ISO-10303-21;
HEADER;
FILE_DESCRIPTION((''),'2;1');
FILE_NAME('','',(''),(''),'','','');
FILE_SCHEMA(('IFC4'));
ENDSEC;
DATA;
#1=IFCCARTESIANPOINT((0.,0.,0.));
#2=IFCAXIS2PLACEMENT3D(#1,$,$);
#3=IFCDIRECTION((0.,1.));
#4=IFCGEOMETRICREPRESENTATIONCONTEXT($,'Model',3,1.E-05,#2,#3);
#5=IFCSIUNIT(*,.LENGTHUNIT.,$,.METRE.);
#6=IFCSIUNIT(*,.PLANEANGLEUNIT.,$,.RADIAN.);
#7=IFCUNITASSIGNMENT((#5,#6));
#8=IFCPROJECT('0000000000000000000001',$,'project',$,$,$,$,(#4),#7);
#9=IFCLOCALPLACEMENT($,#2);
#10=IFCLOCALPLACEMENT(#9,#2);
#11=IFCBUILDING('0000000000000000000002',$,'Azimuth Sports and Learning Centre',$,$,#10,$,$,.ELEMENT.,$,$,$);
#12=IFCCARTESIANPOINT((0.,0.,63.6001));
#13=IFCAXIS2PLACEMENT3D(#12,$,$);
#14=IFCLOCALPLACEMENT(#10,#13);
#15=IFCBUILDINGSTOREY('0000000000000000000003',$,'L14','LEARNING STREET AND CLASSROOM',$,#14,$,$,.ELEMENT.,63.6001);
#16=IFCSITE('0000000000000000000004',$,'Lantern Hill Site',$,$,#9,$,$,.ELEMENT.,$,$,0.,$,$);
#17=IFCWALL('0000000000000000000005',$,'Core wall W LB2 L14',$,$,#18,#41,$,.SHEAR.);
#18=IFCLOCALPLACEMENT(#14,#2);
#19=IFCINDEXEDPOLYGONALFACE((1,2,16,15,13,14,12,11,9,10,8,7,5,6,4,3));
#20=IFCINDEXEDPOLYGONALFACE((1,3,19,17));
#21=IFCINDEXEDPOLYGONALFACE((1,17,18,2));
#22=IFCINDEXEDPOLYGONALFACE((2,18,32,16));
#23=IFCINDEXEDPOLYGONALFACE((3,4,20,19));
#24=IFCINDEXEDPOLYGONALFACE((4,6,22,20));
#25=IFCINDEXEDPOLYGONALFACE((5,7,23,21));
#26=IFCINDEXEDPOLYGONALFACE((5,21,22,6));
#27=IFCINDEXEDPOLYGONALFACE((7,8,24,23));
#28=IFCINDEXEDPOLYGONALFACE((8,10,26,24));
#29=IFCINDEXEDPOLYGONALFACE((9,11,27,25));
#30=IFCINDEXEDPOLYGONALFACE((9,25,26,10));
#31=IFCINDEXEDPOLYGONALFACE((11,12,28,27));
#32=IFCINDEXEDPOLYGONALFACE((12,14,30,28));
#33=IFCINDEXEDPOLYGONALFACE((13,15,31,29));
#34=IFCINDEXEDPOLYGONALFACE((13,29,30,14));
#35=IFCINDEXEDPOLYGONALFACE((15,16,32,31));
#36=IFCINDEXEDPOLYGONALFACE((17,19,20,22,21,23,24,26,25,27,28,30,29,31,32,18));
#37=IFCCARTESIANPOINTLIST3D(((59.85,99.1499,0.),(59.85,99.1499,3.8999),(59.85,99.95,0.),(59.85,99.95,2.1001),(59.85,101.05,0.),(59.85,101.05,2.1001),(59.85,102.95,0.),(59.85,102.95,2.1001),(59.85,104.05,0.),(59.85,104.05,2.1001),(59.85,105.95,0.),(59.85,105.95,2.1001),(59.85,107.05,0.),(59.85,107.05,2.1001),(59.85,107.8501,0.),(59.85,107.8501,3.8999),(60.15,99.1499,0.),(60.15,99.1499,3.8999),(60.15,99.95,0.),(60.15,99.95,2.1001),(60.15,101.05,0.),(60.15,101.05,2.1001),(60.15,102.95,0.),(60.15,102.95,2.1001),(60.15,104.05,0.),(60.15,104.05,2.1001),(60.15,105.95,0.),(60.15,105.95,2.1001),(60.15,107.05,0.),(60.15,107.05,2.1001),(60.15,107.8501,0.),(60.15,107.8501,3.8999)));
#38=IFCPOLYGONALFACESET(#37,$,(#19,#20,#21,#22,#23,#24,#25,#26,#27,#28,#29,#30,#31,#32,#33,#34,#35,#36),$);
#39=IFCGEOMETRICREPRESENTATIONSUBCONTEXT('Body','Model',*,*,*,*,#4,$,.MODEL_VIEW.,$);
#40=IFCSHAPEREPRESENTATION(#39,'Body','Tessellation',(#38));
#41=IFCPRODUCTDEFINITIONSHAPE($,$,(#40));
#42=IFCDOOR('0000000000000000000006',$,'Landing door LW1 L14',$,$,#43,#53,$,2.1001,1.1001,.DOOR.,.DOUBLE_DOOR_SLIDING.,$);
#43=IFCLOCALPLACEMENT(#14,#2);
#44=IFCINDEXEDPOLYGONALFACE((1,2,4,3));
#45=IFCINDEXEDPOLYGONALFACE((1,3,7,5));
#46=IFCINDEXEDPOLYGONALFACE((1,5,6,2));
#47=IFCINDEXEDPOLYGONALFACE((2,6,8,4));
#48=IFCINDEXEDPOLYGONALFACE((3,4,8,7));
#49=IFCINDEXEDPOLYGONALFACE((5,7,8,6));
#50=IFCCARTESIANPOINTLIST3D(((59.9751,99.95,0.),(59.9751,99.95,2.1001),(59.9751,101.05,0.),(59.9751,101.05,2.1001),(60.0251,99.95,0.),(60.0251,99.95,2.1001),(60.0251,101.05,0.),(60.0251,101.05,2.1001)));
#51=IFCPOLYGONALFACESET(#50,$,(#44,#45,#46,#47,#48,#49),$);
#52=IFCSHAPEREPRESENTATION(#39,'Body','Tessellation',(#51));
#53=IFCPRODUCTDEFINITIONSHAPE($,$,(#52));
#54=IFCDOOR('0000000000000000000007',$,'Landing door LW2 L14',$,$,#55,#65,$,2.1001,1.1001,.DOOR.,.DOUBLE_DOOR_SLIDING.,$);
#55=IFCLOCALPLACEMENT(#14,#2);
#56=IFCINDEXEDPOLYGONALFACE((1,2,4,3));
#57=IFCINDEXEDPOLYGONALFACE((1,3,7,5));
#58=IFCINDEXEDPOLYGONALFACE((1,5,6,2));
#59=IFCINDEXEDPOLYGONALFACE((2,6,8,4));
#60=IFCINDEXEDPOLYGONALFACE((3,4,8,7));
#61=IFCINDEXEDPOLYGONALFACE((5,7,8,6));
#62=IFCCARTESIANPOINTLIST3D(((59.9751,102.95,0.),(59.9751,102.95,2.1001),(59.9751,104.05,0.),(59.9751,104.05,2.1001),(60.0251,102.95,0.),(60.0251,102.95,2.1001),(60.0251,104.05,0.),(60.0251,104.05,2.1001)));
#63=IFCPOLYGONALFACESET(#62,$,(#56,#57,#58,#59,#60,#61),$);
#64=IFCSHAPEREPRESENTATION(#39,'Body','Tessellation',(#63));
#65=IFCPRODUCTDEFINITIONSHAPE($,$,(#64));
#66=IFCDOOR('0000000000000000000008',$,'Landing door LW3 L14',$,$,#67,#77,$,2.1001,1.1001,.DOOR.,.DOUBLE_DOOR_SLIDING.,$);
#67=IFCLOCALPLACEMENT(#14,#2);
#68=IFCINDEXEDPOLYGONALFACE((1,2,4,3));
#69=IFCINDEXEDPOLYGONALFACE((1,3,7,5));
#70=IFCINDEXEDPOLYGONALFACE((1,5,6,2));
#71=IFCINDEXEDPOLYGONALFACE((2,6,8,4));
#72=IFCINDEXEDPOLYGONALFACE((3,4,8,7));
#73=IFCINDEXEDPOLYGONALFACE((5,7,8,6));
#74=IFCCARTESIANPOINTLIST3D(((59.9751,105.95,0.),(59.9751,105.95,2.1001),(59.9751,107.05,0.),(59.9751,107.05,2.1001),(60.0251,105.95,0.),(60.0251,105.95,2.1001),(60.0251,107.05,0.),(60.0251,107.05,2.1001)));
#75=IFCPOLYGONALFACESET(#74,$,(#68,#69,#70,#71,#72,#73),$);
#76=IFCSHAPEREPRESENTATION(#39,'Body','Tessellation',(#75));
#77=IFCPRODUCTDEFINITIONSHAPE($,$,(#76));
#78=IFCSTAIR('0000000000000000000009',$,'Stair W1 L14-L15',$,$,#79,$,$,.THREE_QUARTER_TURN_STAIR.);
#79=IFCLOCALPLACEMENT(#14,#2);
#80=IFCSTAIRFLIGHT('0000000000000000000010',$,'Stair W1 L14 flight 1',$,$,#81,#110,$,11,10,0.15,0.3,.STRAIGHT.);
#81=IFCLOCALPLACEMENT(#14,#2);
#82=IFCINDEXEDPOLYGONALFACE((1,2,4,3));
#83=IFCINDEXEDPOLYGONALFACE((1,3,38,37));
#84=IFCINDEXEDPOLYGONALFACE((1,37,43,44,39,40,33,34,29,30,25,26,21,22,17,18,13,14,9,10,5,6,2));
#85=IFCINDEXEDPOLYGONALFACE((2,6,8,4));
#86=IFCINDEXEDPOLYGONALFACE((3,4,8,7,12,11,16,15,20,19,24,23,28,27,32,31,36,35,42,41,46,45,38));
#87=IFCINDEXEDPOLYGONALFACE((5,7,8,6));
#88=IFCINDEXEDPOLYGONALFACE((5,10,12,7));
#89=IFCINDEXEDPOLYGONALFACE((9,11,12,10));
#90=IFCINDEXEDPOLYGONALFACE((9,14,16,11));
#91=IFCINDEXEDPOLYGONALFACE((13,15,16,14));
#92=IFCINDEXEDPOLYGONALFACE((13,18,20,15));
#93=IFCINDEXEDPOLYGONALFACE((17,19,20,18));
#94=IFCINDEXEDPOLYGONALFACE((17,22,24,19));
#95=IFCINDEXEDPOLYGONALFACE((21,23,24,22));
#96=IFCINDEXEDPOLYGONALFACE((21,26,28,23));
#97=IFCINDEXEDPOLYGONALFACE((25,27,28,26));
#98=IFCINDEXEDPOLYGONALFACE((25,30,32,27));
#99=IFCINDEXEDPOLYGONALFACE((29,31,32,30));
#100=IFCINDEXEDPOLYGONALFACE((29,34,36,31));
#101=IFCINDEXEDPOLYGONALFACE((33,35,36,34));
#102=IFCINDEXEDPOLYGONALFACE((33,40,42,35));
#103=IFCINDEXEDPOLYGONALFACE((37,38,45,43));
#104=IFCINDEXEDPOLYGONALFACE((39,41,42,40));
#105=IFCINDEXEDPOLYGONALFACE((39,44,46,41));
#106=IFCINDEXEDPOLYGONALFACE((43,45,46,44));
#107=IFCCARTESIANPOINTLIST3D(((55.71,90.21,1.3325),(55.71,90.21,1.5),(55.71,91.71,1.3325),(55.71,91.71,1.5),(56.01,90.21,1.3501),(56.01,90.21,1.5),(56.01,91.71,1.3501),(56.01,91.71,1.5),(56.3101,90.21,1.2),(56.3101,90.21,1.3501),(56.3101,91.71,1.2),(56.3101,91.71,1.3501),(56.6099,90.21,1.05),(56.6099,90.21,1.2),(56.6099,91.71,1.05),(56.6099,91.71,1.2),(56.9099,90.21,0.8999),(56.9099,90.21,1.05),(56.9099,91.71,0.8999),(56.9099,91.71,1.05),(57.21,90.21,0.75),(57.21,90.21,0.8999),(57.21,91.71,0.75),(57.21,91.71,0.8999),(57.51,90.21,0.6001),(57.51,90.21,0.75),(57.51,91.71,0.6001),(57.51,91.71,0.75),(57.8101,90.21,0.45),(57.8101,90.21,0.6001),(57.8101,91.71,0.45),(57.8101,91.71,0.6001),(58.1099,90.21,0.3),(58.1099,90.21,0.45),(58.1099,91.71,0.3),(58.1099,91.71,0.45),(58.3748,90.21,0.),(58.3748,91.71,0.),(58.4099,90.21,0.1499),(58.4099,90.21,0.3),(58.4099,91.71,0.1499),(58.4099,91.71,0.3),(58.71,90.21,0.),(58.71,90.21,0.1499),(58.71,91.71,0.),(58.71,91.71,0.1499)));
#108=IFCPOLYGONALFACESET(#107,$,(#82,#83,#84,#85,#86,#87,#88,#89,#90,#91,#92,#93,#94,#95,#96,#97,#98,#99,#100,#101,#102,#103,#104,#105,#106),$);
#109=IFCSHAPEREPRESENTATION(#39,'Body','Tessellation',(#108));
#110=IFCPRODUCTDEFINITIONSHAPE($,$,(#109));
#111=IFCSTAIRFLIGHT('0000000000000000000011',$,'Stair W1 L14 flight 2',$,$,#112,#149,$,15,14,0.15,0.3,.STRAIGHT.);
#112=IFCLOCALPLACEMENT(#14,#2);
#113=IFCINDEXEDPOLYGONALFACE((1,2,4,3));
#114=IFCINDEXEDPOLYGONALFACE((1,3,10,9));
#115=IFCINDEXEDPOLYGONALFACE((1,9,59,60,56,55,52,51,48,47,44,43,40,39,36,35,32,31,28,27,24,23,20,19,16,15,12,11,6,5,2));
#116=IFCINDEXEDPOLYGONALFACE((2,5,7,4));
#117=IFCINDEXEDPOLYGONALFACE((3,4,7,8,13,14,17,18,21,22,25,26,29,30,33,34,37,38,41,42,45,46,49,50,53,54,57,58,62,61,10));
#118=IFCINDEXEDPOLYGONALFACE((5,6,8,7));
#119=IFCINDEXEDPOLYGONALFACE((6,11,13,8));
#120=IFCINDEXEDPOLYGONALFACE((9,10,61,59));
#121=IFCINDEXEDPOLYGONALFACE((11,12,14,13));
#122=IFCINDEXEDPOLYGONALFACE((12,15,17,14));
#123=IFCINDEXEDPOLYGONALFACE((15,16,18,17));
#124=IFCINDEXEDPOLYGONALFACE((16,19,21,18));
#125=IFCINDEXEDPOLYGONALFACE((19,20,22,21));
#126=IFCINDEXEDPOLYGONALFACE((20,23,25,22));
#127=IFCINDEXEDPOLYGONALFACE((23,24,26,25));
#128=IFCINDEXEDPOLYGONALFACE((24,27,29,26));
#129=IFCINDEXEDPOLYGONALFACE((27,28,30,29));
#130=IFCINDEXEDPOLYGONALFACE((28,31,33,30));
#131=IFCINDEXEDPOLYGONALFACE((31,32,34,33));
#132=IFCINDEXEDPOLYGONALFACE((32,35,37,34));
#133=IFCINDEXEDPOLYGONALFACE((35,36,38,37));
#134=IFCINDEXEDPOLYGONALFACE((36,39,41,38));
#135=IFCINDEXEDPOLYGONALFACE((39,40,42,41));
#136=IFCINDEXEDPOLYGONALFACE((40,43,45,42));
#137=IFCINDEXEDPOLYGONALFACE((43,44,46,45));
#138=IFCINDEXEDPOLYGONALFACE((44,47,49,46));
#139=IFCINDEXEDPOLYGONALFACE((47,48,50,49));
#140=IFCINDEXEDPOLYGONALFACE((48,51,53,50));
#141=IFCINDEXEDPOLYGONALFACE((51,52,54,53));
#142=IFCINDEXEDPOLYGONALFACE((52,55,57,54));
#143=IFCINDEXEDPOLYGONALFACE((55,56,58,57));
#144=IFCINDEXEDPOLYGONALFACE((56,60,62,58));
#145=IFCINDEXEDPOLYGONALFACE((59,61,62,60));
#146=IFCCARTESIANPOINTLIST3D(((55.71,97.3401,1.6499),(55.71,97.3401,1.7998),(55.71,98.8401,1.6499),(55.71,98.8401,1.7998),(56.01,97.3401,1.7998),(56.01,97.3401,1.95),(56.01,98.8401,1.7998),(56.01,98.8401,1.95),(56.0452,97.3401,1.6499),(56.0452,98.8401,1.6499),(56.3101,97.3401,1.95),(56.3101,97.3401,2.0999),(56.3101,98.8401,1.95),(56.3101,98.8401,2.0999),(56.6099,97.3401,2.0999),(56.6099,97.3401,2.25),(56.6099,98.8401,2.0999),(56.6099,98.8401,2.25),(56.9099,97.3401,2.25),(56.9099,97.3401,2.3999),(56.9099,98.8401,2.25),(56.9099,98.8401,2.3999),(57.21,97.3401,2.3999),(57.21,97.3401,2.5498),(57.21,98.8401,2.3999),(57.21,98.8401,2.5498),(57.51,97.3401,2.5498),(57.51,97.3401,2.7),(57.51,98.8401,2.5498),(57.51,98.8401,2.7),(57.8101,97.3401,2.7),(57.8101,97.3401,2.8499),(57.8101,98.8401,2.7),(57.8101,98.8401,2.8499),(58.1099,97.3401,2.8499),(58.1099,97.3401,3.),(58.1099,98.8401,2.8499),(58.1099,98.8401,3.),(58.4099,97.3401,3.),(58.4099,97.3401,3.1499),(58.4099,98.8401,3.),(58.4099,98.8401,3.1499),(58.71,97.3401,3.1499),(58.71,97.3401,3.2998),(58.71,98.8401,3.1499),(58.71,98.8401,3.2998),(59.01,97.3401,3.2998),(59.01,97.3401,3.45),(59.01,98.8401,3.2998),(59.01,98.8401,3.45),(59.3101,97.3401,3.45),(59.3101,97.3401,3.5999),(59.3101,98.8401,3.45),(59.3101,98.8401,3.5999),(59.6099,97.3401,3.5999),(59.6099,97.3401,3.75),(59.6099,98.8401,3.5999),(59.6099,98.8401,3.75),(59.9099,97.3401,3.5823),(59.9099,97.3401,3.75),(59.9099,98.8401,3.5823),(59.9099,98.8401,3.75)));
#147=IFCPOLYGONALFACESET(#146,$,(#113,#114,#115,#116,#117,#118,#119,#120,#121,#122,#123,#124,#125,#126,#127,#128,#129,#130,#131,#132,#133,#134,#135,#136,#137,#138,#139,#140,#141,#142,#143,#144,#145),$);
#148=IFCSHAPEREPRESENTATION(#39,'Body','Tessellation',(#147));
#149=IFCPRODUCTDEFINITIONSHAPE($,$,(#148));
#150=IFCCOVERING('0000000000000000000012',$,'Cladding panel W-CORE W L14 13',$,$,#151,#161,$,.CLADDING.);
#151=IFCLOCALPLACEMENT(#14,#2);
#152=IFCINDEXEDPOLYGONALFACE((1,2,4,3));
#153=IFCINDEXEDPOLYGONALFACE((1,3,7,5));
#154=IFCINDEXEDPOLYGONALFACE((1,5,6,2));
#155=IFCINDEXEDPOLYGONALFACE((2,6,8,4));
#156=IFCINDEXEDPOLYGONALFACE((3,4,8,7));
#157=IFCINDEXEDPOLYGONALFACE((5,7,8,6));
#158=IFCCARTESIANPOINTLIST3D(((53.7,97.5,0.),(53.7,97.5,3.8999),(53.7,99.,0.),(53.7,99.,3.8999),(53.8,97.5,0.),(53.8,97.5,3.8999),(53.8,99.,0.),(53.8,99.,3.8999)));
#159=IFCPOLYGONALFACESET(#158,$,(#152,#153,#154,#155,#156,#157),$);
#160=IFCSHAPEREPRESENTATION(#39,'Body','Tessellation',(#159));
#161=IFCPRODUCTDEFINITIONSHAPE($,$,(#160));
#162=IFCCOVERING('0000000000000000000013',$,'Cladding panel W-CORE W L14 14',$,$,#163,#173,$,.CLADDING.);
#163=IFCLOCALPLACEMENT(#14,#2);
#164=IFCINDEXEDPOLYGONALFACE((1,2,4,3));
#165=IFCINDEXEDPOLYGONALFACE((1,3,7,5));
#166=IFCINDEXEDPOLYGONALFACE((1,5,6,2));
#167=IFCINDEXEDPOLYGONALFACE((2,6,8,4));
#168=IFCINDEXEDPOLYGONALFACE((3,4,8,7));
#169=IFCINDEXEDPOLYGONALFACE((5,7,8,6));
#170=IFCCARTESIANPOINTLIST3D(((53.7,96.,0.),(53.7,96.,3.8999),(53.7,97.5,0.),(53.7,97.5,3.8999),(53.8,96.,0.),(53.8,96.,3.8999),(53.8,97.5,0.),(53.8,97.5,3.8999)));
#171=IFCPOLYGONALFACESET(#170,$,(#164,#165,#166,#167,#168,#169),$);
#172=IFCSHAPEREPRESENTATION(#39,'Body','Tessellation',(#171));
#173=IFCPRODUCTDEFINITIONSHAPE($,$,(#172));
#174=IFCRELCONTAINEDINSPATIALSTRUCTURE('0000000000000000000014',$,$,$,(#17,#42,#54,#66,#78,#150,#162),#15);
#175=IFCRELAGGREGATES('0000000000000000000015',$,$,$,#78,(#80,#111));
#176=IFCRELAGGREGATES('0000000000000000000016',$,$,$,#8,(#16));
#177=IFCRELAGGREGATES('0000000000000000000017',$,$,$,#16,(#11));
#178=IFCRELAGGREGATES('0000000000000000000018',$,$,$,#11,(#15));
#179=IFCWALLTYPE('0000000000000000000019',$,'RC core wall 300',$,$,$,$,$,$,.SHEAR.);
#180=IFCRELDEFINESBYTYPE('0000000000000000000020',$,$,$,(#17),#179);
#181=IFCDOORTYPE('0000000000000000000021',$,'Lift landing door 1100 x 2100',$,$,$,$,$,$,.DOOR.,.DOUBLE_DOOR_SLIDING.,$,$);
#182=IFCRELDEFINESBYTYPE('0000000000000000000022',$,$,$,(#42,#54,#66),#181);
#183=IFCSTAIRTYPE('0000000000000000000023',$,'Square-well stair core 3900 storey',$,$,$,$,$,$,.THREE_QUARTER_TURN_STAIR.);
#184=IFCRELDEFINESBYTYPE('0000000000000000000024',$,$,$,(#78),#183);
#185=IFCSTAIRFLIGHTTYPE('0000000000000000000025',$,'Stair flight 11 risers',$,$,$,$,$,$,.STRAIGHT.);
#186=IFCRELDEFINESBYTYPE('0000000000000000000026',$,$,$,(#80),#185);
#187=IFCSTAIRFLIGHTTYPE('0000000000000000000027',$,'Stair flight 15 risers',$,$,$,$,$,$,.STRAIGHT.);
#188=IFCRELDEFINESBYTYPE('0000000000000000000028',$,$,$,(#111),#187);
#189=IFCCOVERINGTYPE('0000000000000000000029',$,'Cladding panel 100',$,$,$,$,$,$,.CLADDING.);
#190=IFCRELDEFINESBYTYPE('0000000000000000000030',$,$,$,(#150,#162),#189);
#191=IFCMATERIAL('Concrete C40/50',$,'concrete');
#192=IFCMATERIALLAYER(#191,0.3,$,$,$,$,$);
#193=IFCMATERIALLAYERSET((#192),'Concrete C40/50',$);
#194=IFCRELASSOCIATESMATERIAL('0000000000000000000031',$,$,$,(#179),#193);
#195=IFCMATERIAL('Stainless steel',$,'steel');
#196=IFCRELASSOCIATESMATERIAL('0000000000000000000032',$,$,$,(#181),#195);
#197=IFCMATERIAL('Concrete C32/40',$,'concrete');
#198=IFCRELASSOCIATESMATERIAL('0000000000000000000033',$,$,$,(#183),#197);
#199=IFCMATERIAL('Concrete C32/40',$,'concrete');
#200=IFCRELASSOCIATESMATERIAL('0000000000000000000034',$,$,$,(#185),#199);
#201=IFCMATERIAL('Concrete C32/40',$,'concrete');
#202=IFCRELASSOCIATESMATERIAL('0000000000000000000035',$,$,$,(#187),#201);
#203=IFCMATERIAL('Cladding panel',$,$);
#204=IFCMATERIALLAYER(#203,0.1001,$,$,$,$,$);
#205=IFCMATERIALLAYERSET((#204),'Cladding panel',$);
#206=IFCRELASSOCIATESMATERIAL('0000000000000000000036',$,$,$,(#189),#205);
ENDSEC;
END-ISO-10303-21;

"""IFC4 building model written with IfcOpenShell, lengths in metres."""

from ifc_helpers import new_model, si_unit, direction, frame, frame_2d, origin, origin_2d, place, context, subcontext, project, spatial, polyline, rectangle, outline, extrude, material, layer, layer_set, type_object, element, fill, aggregate, save


model = new_model("IFC4")

# Units and contexts
model_context = context("Model", 3, precision=1e-05, world=origin(), true_north=direction((0.0, 1.0)))
body_context = subcontext(model_context, "Body", "Model", "MODEL_VIEW")
ifc_project = project(units=[si_unit("LENGTHUNIT", "METRE"), si_unit("PLANEANGLEUNIT", "RADIAN")], contexts=[model_context])

# Site, building, storey
site_placement = place(None, origin())
site = spatial("IfcSite", under=ifc_project, at=site_placement, Name="Lantern Hill Site", CompositionType="ELEMENT", RefElevation=0.0)
building_placement = place(site_placement, origin())
building = spatial("IfcBuilding", under=site, at=building_placement, Name="Azimuth Sports and Learning Centre", CompositionType="ELEMENT")
storey_placement = place(building_placement, frame((0.0, 0.0, 63.6001)))
storey = spatial("IfcBuildingStorey", under=building, at=storey_placement, Name="L14", Description="LEARNING STREET AND CLASSROOM", CompositionType="ELEMENT", Elevation=63.6001)

# Shared definitions
ifc_material_1 = material(Name="Concrete C40/50", Category="concrete")
ifc_layer_1 = layer(ifc_material_1, 0.3)
ifc_layer_set_1 = layer_set([ifc_layer_1], Name="Concrete C40/50")
wall_type = type_object("IfcWallType", Name="RC core wall 300", PredefinedType="SHEAR", material=ifc_layer_set_1)

# Wall, openings, doors
wall_1_placement = place(storey_placement, frame((60.0, 99.1499, 0.0), z_axis=(0.0, 0.0, 1.0), x_axis=(0.0, 1.0, 0.0)))
wall_1 = element("IfcWall", 1, at=wall_1_placement, inside=storey, type_object=wall_type, Name="Core wall W LB2 L14", PredefinedType="SHEAR", context=body_context, shape_type="SweptSolid", body=[
    extrude(rectangle(XDim=8.7002, YDim=0.3, at=frame_2d((4.3501, 0.0))), origin(), (0.0, 0.0, 1.0), 3.8999),
])
opening_1_placement = place(wall_1_placement, frame((0.8, 0.0, 0.0)))
opening_1 = element("IfcOpeningElement", 2, at=opening_1_placement, cuts=wall_1, PredefinedType="OPENING", context=body_context, shape_type="SweptSolid", body=[
    extrude(rectangle(XDim=1.1001, YDim=2.1001, at=frame_2d((0.55, 1.05))), frame((0.0, 0.1611, 0.0), z_axis=(0.0, -1.0, 0.0), x_axis=(1.0, 0.0, 0.0)), (0.0, 0.0, 1.0), 0.322),
])
opening_2_placement = place(wall_1_placement, frame((3.8, 0.0, 0.0)))
opening_2 = element("IfcOpeningElement", 3, at=opening_2_placement, cuts=wall_1, PredefinedType="OPENING", context=body_context, shape_type="SweptSolid", body=[
    extrude(rectangle(XDim=1.1001, YDim=2.1001, at=frame_2d((0.55, 1.05))), frame((0.0, 0.1611, 0.0), z_axis=(0.0, -1.0, 0.0), x_axis=(1.0, 0.0, 0.0)), (0.0, 0.0, 1.0), 0.322),
])
opening_3_placement = place(wall_1_placement, frame((6.8, 0.0, 0.0)))
opening_3 = element("IfcOpeningElement", 4, at=opening_3_placement, cuts=wall_1, PredefinedType="OPENING", context=body_context, shape_type="SweptSolid", body=[
    extrude(rectangle(XDim=1.1001, YDim=2.1001, at=frame_2d((0.55, 1.05))), frame((0.0, 0.1611, 0.0), z_axis=(0.0, -1.0, 0.0), x_axis=(1.0, 0.0, 0.0)), (0.0, 0.0, 1.0), 0.322),
])
ifc_material_2 = material(Name="Stainless steel", Category="steel")
door_type = type_object("IfcDoorType", Name="Lift landing door 1100 x 2100", OperationType="DOUBLE_DOOR_SLIDING", PredefinedType="DOOR", material=ifc_material_2)
door_1_placement = place(opening_1_placement, origin())
door_1 = element("IfcDoor", 5, at=door_1_placement, inside=storey, type_object=door_type, Name="Landing door LW1 L14", OperationType="DOUBLE_DOOR_SLIDING", OverallHeight=2.1001, OverallWidth=1.1001, PredefinedType="DOOR", context=body_context, shape_type="SweptSolid", body=[
    extrude(rectangle(XDim=1.1001, YDim=2.1001, at=frame_2d((0.55, 1.05))), frame((0.0, 0.0249, 0.0), z_axis=(0.0, -1.0, 0.0), x_axis=(1.0, 0.0, 0.0)), (0.0, 0.0, 1.0), 0.05),
])
fill(opening_1, door_1)
door_2_placement = place(opening_2_placement, origin())
door_2 = element("IfcDoor", 6, at=door_2_placement, inside=storey, type_object=door_type, Name="Landing door LW2 L14", OperationType="DOUBLE_DOOR_SLIDING", OverallHeight=2.1001, OverallWidth=1.1001, PredefinedType="DOOR", context=body_context, shape_type="SweptSolid", body=[
    extrude(rectangle(XDim=1.1001, YDim=2.1001, at=frame_2d((0.55, 1.05))), frame((0.0, 0.0249, 0.0), z_axis=(0.0, -1.0, 0.0), x_axis=(1.0, 0.0, 0.0)), (0.0, 0.0, 1.0), 0.05),
])
fill(opening_2, door_2)
door_3_placement = place(opening_3_placement, origin())
door_3 = element("IfcDoor", 7, at=door_3_placement, inside=storey, type_object=door_type, Name="Landing door LW3 L14", OperationType="DOUBLE_DOOR_SLIDING", OverallHeight=2.1001, OverallWidth=1.1001, PredefinedType="DOOR", context=body_context, shape_type="SweptSolid", body=[
    extrude(rectangle(XDim=1.1001, YDim=2.1001, at=frame_2d((0.55, 1.05))), frame((0.0, 0.0249, 0.0), z_axis=(0.0, -1.0, 0.0), x_axis=(1.0, 0.0, 0.0)), (0.0, 0.0, 1.0), 0.05),
])
fill(opening_3, door_3)

# Stair, stair flights
ifc_material_3 = material(Name="Concrete C32/40", Category="concrete")
stair_type = type_object("IfcStairType", Name="Square-well stair core 3900 storey", PredefinedType="THREE_QUARTER_TURN_STAIR", material=ifc_material_3)
stair_placement = place(storey_placement, origin())
stair = element("IfcStair", 8, at=stair_placement, inside=storey, type_object=stair_type, Name="Stair W1 L14-L15", PredefinedType="THREE_QUARTER_TURN_STAIR")
ifc_material_4 = material(Name="Concrete C32/40", Category="concrete")
stair_flight_type_1 = type_object("IfcStairFlightType", Name="Stair flight 11 risers", PredefinedType="STRAIGHT", material=ifc_material_4)
stair_flight_1_placement = place(storey_placement, frame((58.71, 90.96, 0.0), z_axis=(0.0, 0.0, 1.0), x_axis=(-1.0, 0.0, 0.0)))
stair_flight_1 = element("IfcStairFlight", 9, at=stair_flight_1_placement, type_object=stair_flight_type_1, Name="Stair W1 L14 flight 1", NumberOfRisers=11, NumberOfTreads=10, PredefinedType="STRAIGHT", RiserHeight=0.15, TreadLength=0.3, context=body_context, shape_type="SweptSolid", body=[
    extrude(outline(polyline([(0.0, 0.0), (0.0, 0.1499), (0.3, 0.1499), (0.3, 0.3), (0.6001, 0.3), (0.6001, 0.45), (0.8999, 0.45), (0.8999, 0.6001), (1.2, 0.6001), (1.2, 0.75), (1.5, 0.75), (1.5, 0.8999), (1.8, 0.8999), (1.8, 1.05), (2.1001, 1.05), (2.1001, 1.2), (2.3999, 1.2), (2.3999, 1.3501), (2.7, 1.3501), (2.7, 1.5), (3.0, 1.5), (3.0, 1.6499), (3.0, 1.3325), (0.3352, 0.0), (0.0, 0.0)])), frame((0.0, 0.75, 0.0), z_axis=(0.0, -1.0, 0.0), x_axis=(1.0, 0.0, 0.0)), (0.0, 0.0, 1.0), 1.5),
])
ifc_material_5 = material(Name="Concrete C32/40", Category="concrete")
stair_flight_type_2 = type_object("IfcStairFlightType", Name="Stair flight 15 risers", PredefinedType="STRAIGHT", material=ifc_material_5)
stair_flight_2_placement = place(storey_placement, frame((55.71, 98.0901, 1.6499), z_axis=(0.0, 0.0, 1.0), x_axis=(1.0, 0.0, 0.0)))
stair_flight_2 = element("IfcStairFlight", 10, at=stair_flight_2_placement, type_object=stair_flight_type_2, Name="Stair W1 L14 flight 2", NumberOfRisers=15, NumberOfTreads=14, PredefinedType="STRAIGHT", RiserHeight=0.15, TreadLength=0.3, context=body_context, shape_type="SweptSolid", body=[
    extrude(outline(polyline([(0.0, 0.0), (0.0, 0.1499), (0.3, 0.1499), (0.3, 0.3), (0.6001, 0.3), (0.6001, 0.45), (0.8999, 0.45), (0.8999, 0.6001), (1.2, 0.6001), (1.2, 0.75), (1.5, 0.75), (1.5, 0.8999), (1.8, 0.8999), (1.8, 1.05), (2.1001, 1.05), (2.1001, 1.2), (2.3999, 1.2), (2.3999, 1.3501), (2.7, 1.3501), (2.7, 1.5), (3.0, 1.5), (3.0, 1.6499), (3.3, 1.6499), (3.3, 1.8), (3.6001, 1.8), (3.6001, 1.95), (3.8999, 1.95), (3.8999, 2.1001), (4.2, 2.1001), (4.2, 2.25), (4.2, 1.9324), (0.3352, 0.0), (0.0, 0.0)])), frame((0.0, 0.75, 0.0), z_axis=(0.0, -1.0, 0.0), x_axis=(1.0, 0.0, 0.0)), (0.0, 0.0, 1.0), 1.5),
])
aggregate(stair, [stair_flight_1, stair_flight_2])

# Coverings
ifc_material_6 = material(Name="Cladding panel")
ifc_layer_2 = layer(ifc_material_6, 0.1001)
ifc_layer_set_2 = layer_set([ifc_layer_2], Name="Cladding panel")
covering_type = type_object("IfcCoveringType", Name="Cladding panel 100", PredefinedType="CLADDING", material=ifc_layer_set_2)
for number, where, z_axis, x_axis, name in (
    (11, (53.75, 98.25, 0.0), (0.0, 0.0, 1.0), (0.0, -1.0, 0.0), "Cladding panel W-CORE W L14 13"),
    (12, (53.75, 96.75, 0.0), (0.0, 0.0, 1.0), (0.0, -1.0, 0.0), "Cladding panel W-CORE W L14 14"),
):
    element("IfcCovering", number, at=place(storey_placement, frame(where, z_axis=z_axis, x_axis=x_axis)), inside=storey, type_object=covering_type, Name=name, PredefinedType="CLADDING", context=body_context, shape_type="SweptSolid", body=[
        extrude(rectangle(XDim=1.5, YDim=0.1001, at=origin_2d()), origin(), (0.0, 0.0, 1.0), 3.8999),
    ])

save(model, "model.ifc")
